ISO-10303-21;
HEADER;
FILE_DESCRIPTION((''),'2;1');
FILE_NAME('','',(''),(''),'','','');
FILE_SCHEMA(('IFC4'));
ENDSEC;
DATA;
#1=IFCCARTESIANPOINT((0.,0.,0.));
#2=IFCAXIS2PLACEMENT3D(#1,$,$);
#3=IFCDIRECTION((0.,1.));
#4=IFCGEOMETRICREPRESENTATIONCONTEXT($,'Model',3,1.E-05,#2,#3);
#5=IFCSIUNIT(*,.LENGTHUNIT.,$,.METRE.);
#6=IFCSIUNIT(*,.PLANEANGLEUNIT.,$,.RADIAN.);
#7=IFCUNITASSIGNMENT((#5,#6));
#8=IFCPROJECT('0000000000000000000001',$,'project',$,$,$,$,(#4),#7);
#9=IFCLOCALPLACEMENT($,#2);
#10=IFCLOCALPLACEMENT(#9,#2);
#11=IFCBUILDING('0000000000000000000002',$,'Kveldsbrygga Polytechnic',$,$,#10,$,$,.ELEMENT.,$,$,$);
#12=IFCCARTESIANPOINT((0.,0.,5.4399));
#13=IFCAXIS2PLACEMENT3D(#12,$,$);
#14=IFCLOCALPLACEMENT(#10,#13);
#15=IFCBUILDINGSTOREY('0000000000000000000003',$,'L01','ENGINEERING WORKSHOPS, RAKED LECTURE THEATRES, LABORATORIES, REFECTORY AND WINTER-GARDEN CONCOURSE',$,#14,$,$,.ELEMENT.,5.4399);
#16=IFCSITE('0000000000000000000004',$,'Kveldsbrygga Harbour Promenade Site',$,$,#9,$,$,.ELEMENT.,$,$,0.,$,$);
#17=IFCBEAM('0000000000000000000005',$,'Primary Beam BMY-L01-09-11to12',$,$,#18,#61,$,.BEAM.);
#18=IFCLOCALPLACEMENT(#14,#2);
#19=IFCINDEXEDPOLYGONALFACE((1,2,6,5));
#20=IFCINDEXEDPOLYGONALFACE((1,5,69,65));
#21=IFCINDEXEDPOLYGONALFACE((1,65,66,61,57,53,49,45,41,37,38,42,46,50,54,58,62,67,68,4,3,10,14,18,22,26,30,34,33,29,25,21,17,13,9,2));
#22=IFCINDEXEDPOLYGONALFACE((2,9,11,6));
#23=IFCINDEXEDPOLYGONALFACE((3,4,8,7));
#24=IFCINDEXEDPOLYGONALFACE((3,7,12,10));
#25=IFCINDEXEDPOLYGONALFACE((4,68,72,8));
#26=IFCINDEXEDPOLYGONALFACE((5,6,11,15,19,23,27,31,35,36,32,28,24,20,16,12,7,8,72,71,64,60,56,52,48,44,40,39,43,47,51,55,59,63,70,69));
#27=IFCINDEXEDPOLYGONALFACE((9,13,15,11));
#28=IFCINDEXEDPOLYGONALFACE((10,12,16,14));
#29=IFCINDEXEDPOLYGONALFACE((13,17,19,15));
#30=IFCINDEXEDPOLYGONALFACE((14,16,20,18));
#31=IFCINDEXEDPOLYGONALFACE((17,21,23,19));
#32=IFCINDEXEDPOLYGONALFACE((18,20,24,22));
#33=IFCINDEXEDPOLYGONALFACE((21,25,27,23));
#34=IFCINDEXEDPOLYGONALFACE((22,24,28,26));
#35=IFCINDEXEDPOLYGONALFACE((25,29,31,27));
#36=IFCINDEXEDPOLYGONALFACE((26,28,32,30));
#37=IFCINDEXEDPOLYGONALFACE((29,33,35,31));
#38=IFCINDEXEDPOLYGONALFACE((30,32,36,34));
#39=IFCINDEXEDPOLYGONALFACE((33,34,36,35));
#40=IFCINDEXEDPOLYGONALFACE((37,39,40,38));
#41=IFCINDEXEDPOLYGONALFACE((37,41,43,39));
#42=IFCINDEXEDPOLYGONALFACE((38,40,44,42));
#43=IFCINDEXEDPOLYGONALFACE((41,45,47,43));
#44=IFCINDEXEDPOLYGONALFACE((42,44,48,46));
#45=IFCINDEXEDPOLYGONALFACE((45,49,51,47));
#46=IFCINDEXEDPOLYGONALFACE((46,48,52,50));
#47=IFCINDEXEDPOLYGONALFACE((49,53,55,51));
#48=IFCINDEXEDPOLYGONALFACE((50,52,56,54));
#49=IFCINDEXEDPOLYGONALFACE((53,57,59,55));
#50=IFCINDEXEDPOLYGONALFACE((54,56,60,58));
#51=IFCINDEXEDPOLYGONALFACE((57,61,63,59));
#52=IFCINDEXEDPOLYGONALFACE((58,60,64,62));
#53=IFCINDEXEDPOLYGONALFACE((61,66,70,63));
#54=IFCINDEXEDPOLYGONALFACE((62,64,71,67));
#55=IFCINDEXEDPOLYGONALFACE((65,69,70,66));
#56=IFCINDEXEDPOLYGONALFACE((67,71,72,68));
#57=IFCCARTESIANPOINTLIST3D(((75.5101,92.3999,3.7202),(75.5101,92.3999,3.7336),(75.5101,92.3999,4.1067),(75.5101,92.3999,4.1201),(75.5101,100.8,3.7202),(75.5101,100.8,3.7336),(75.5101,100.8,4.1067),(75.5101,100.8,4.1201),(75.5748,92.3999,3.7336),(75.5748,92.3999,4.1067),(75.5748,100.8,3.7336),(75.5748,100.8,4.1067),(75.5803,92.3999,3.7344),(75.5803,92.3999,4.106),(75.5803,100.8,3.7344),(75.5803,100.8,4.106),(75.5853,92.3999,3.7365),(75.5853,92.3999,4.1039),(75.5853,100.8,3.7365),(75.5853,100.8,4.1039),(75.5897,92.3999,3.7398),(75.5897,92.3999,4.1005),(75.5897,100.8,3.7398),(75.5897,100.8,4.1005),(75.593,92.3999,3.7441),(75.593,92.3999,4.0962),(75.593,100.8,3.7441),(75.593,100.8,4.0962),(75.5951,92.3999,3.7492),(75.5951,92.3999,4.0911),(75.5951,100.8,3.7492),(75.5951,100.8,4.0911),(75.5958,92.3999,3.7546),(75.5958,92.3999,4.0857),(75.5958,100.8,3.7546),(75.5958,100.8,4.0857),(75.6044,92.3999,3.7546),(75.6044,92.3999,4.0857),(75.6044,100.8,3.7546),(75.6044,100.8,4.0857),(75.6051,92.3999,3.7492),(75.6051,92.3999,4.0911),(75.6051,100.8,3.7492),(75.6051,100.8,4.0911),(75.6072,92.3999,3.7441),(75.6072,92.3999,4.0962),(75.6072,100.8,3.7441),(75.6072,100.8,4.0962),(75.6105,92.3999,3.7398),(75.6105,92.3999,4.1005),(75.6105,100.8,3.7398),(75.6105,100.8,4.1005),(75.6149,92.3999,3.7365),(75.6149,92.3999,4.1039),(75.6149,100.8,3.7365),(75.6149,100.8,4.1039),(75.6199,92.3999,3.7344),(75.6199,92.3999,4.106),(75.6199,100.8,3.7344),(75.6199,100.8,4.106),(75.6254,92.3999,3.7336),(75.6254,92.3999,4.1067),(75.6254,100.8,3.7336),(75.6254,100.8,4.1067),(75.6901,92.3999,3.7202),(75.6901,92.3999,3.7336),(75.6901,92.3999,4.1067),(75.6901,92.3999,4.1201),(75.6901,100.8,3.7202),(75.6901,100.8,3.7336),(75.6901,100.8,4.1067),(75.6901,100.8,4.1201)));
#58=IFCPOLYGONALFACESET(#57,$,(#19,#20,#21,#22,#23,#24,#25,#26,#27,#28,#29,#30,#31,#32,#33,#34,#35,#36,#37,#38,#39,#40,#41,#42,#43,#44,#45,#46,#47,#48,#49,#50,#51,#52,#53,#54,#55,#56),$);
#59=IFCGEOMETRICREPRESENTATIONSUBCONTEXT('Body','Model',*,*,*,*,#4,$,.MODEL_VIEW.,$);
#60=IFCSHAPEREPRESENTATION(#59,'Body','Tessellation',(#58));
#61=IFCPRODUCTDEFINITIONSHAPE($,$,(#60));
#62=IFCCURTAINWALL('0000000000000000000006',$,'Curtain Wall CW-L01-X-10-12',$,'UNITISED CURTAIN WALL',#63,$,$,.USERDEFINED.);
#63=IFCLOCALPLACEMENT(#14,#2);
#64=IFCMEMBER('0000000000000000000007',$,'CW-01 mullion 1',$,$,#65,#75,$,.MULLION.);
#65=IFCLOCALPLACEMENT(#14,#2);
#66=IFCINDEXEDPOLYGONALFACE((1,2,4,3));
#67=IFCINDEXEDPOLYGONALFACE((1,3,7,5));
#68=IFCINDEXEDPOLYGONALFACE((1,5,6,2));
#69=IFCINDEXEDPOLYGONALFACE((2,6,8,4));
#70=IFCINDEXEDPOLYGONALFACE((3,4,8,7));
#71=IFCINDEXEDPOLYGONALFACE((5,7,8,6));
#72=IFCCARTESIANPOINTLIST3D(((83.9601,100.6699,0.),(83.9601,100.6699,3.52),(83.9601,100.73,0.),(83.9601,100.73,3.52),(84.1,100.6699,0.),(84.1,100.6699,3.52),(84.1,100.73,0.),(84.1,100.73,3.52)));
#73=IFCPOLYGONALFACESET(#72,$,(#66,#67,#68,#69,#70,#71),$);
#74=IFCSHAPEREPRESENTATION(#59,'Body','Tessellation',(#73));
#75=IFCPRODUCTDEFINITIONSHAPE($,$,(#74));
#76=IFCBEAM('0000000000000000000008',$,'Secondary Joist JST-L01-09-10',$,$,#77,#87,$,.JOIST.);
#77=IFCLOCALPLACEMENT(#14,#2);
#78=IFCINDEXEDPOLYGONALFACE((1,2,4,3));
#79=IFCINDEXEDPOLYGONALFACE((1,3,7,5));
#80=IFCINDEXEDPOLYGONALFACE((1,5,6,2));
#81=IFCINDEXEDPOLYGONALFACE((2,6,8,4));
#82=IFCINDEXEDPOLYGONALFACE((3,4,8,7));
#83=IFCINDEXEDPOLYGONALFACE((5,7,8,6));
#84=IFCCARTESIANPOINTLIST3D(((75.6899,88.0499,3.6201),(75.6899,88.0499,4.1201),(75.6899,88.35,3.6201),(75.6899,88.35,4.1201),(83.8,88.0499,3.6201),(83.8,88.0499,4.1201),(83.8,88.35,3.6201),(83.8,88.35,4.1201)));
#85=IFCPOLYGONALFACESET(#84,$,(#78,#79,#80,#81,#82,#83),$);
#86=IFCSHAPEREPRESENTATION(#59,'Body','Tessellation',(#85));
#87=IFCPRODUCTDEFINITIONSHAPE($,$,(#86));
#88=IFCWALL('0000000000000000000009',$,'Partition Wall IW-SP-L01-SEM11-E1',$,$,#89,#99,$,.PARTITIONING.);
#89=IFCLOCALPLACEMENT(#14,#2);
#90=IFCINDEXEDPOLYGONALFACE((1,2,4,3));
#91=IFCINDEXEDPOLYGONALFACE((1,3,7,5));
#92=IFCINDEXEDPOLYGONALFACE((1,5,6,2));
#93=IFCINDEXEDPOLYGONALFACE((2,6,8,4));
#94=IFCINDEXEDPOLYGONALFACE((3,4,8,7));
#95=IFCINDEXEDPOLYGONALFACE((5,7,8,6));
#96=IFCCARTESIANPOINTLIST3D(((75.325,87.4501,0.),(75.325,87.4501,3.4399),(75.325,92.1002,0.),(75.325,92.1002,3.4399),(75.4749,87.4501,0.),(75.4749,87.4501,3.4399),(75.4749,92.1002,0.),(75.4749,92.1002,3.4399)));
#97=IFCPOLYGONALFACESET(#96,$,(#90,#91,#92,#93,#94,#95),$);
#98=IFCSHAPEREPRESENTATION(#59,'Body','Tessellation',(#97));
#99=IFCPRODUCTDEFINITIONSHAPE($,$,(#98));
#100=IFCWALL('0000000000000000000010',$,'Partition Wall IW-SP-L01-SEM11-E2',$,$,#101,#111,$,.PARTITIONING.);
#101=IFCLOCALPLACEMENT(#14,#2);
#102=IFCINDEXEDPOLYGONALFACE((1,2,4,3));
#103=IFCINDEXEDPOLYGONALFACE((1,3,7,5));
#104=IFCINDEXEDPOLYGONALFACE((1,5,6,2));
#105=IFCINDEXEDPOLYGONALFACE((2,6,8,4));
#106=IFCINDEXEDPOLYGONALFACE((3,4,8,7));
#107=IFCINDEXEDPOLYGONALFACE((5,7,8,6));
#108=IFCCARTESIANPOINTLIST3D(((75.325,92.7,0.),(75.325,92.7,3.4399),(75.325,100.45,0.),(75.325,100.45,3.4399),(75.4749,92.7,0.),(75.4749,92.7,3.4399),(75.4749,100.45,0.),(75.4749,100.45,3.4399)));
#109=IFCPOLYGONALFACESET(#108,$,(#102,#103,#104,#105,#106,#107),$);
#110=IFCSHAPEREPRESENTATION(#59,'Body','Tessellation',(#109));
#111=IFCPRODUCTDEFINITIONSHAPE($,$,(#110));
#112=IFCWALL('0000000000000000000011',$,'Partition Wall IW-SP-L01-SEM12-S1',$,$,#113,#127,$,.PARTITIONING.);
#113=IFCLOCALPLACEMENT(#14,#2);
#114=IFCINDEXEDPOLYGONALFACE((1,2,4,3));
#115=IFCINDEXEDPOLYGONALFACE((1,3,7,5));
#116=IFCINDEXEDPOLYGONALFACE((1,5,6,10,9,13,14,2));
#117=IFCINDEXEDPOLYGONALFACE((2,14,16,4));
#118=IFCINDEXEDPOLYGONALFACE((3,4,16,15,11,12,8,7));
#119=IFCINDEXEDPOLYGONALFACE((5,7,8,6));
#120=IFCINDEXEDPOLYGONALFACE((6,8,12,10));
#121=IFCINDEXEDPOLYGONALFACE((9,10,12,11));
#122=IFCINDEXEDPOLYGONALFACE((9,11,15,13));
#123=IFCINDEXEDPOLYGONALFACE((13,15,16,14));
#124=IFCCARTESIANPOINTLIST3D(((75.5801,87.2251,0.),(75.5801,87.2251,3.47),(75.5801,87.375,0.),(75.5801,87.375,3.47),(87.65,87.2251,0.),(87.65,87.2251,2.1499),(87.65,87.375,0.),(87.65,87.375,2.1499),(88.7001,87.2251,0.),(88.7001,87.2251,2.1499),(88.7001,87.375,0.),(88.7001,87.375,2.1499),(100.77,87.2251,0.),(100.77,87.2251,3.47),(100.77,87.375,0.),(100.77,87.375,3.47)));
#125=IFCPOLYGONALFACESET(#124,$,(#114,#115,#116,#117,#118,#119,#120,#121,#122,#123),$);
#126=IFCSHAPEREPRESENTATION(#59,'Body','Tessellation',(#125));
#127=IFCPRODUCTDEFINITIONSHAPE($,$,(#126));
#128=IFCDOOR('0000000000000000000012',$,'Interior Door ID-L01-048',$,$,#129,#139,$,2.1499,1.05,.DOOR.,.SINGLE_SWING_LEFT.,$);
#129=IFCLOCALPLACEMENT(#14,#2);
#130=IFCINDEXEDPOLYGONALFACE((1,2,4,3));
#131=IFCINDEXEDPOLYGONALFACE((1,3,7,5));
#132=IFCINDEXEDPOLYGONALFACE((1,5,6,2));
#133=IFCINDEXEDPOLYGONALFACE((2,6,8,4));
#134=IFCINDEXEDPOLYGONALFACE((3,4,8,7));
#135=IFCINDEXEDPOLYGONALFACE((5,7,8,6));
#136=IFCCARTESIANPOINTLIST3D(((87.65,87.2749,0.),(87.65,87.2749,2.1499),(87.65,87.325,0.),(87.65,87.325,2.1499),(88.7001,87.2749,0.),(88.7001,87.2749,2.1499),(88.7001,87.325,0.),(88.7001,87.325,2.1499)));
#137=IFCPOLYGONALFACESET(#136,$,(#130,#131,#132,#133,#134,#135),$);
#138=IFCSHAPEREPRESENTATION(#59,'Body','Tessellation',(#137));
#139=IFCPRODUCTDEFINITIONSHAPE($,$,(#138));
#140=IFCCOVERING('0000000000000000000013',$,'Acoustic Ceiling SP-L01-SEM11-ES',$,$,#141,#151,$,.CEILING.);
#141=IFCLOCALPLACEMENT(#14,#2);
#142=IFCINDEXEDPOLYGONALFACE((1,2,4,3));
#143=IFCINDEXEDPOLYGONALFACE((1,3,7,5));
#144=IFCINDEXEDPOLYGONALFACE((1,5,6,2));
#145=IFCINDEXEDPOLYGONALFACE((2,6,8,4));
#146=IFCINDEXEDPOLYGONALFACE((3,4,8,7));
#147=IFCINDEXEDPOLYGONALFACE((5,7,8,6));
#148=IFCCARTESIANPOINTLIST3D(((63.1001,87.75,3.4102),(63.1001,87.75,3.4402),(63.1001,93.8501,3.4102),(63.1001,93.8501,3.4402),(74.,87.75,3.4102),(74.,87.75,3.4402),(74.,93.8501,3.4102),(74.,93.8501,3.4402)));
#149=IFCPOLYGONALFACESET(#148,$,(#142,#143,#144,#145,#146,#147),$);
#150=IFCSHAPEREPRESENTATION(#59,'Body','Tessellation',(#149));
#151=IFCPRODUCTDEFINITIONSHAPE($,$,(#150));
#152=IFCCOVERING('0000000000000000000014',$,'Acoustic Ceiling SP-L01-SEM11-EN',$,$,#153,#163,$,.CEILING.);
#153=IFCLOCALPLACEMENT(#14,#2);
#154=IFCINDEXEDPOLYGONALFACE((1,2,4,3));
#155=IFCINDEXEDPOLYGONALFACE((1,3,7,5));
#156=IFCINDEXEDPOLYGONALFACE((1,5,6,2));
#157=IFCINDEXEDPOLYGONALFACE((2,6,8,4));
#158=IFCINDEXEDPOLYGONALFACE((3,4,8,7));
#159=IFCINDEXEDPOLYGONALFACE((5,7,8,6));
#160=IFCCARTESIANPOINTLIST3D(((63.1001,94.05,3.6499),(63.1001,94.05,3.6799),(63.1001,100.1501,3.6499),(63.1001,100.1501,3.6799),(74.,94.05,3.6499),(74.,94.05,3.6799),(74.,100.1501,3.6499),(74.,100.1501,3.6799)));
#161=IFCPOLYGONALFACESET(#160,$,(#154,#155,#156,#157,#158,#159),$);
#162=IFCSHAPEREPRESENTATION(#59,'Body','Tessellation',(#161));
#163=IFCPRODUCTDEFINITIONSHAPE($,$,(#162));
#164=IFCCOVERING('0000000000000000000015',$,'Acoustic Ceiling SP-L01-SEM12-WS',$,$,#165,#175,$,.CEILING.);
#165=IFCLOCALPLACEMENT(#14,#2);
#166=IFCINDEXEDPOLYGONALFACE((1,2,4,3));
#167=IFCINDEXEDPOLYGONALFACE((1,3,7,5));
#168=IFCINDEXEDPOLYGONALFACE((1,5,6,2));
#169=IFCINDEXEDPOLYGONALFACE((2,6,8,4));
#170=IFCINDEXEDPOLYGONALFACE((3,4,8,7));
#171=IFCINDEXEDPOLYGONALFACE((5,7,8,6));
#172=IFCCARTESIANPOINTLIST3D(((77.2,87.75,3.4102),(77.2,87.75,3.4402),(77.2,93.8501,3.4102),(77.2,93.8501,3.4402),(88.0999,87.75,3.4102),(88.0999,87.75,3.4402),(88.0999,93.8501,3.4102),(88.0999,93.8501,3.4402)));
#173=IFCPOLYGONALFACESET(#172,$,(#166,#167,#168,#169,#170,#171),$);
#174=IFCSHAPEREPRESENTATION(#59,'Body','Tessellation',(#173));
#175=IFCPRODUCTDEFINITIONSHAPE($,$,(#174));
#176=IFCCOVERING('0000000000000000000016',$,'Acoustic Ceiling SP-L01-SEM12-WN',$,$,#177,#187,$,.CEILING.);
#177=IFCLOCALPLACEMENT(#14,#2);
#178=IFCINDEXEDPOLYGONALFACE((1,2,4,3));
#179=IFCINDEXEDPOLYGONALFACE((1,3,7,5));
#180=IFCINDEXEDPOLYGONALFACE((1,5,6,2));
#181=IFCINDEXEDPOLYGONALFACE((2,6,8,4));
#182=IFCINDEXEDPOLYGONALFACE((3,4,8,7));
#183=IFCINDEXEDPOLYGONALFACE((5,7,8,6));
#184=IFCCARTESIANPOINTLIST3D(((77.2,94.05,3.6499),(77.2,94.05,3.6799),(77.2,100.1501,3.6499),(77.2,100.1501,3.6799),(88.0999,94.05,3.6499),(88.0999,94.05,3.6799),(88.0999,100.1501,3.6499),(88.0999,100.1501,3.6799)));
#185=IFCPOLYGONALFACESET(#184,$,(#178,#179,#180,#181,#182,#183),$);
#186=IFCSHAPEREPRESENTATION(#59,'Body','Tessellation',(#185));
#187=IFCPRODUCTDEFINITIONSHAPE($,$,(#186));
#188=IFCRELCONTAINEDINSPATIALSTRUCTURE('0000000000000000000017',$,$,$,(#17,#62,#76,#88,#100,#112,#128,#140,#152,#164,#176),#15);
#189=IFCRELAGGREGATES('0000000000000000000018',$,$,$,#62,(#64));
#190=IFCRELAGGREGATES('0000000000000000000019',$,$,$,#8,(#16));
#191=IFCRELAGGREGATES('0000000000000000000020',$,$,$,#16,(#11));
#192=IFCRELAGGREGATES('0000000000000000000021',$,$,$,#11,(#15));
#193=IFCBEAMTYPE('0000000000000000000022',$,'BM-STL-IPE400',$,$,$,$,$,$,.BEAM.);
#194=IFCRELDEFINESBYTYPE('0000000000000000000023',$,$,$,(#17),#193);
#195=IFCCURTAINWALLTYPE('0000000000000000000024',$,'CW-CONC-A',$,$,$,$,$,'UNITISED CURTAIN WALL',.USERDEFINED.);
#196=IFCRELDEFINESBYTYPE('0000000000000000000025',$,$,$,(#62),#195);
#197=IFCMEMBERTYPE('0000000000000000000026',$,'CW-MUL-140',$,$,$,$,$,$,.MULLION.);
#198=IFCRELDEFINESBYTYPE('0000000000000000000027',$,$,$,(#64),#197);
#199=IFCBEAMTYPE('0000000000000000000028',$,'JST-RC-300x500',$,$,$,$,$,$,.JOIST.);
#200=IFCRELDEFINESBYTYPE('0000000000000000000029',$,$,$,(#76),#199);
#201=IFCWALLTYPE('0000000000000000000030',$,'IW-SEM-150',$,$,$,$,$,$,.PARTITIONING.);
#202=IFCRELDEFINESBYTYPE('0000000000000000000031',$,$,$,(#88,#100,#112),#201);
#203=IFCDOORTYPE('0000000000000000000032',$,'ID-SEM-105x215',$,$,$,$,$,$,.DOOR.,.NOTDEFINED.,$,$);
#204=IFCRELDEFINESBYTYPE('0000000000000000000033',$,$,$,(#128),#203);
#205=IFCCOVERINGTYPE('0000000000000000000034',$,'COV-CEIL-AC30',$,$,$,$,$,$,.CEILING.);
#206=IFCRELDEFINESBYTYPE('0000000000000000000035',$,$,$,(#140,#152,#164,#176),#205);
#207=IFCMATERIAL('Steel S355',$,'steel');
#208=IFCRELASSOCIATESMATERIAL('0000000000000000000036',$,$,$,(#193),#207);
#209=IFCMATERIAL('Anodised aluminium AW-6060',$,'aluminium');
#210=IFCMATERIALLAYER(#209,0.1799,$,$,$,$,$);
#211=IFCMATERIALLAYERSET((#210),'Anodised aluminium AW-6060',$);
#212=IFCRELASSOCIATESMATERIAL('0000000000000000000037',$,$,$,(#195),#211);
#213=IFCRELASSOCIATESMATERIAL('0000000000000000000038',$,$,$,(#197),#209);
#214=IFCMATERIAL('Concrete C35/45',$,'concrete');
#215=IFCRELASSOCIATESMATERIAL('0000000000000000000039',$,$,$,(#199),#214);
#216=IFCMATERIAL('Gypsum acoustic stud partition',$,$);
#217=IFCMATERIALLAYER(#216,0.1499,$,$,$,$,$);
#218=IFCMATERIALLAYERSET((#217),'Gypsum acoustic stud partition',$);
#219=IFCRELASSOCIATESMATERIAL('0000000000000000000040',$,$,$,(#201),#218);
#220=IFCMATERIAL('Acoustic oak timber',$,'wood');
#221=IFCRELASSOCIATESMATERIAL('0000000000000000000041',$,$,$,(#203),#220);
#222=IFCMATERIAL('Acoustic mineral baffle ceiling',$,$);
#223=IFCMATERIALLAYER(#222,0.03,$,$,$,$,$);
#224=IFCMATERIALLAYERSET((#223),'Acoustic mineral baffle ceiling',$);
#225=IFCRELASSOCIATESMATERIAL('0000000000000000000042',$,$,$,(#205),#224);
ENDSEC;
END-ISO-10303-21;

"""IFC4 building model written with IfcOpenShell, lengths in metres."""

from ifc_helpers import new_model, si_unit, direction, frame, frame_2d, origin, origin_2d, place, context, subcontext, project, spatial, rectangle, i_section, extrude, material, layer, layer_set, material_profile, profile_set, type_object, element, fill, aggregate, save


model = new_model("IFC4")

# Units and contexts
model_context = context("Model", 3, precision=1e-05, world=origin(), true_north=direction((0.0, 1.0)))
body_context = subcontext(model_context, "Body", "Model", "MODEL_VIEW")
ifc_project = project(units=[si_unit("LENGTHUNIT", "METRE"), si_unit("PLANEANGLEUNIT", "RADIAN")], contexts=[model_context])

# Site, building, storey
site_placement = place(None, origin())
site = spatial("IfcSite", under=ifc_project, at=site_placement, Name="Kveldsbrygga Harbour Promenade Site", CompositionType="ELEMENT", RefElevation=0.0)
building_placement = place(site_placement, origin())
building = spatial("IfcBuilding", under=site, at=building_placement, Name="Kveldsbrygga Polytechnic", CompositionType="ELEMENT")
storey_placement = place(building_placement, frame((0.0, 0.0, 5.4399)))
storey = spatial("IfcBuildingStorey", under=building, at=storey_placement, Name="L01", Description="ENGINEERING WORKSHOPS, RAKED LECTURE THEATRES, LABORATORIES, REFECTORY AND WINTER-GARDEN CONCOURSE", CompositionType="ELEMENT", Elevation=5.4399)

# Beam
ifc_material_1 = material(Name="Concrete C35/45", Category="concrete")
ifc_material_2 = material(Name="Steel S355", Category="steel")
ifc_material_profile_1 = material_profile(ifc_material_2, i_section(OverallWidth=0.1799, OverallDepth=0.3999, WebThickness=0.0085, FlangeThickness=0.0134, FilletRadius=0.021, at=origin_2d()), Name="IPE 400")
ifc_profile_set_1 = profile_set([ifc_material_profile_1], Name="Steel S355")
beam_type_1 = type_object("IfcBeamType", Name="BM-STL-IPE400", PredefinedType="BEAM", material=ifc_profile_set_1)
beam_1_placement = place(storey_placement, frame((75.6001, 92.3999, 3.9202), z_axis=(0.0, 1.0, 0.0), x_axis=(-1.0, 0.0, 0.0)))
element("IfcBeam", 1, at=beam_1_placement, inside=storey, type_object=beam_type_1, Name="Primary Beam BMY-L01-09-11to12", PredefinedType="BEAM", context=body_context, shape_type="SweptSolid", body=[
    extrude(i_section(OverallWidth=0.1799, OverallDepth=0.3999, WebThickness=0.0085, FlangeThickness=0.0134, FilletRadius=0.021, at=origin_2d()), origin(), (0.0, 0.0, 1.0), 8.4001),
])

# Curtain wall, member
ifc_material_3 = material(Name="Anodised aluminium AW-6060", Category="aluminium")
ifc_layer_1 = layer(ifc_material_3, 0.1799)
ifc_layer_set_1 = layer_set([ifc_layer_1], Name="Anodised aluminium AW-6060")
curtain_wall_type = type_object("IfcCurtainWallType", Name="CW-CONC-A", ElementType="UNITISED CURTAIN WALL", PredefinedType="USERDEFINED", material=ifc_layer_set_1)
curtain_wall_placement = place(storey_placement, origin())
curtain_wall = element("IfcCurtainWall", 2, at=curtain_wall_placement, inside=storey, type_object=curtain_wall_type, Name="Curtain Wall CW-L01-X-10-12", ObjectType="UNITISED CURTAIN WALL", PredefinedType="USERDEFINED")
ifc_material_profile_2 = material_profile(ifc_material_3, rectangle(XDim=0.0601, YDim=0.1399, at=origin_2d()), Name="ALU 60x140")
ifc_profile_set_2 = profile_set([ifc_material_profile_2], Name="Anodised aluminium AW-6060")
member_type = type_object("IfcMemberType", Name="CW-MUL-140", PredefinedType="MULLION", material=ifc_profile_set_2)
member_placement = place(storey_placement, frame((84.03, 100.7, 0.0), z_axis=(0.0, 0.0, 1.0), x_axis=(0.0, 1.0, 0.0)))
member = element("IfcMember", 3, at=member_placement, type_object=member_type, Name="CW-01 mullion 1", PredefinedType="MULLION", context=body_context, shape_type="SweptSolid", body=[
    extrude(rectangle(XDim=0.0601, YDim=0.1399, at=origin_2d()), origin(), (0.0, 0.0, 1.0), 3.52),
])
aggregate(curtain_wall, [member])

# Beam
ifc_material_profile_3 = material_profile(ifc_material_1, rectangle(XDim=0.3, YDim=0.5, at=origin_2d()), Name="RC 300x500")
ifc_profile_set_3 = profile_set([ifc_material_profile_3], Name="Concrete C35/45")
beam_type_2 = type_object("IfcBeamType", Name="JST-RC-300x500", PredefinedType="JOIST", material=ifc_profile_set_3)
beam_2_placement = place(storey_placement, frame((75.6899, 88.2, 3.8701), z_axis=(1.0, 0.0, 0.0), x_axis=(0.0, 1.0, 0.0)))
element("IfcBeam", 4, at=beam_2_placement, inside=storey, type_object=beam_type_2, Name="Secondary Joist JST-L01-09-10", PredefinedType="JOIST", context=body_context, shape_type="SweptSolid", body=[
    extrude(rectangle(XDim=0.3, YDim=0.5, at=origin_2d()), origin(), (0.0, 0.0, 1.0), 8.1101),
])

# Walls
ifc_material_4 = material(Name="Gypsum acoustic stud partition")
ifc_layer_2 = layer(ifc_material_4, 0.1499)
ifc_layer_set_2 = layer_set([ifc_layer_2], Name="Gypsum acoustic stud partition")
wall_type = type_object("IfcWallType", Name="IW-SEM-150", PredefinedType="PARTITIONING", material=ifc_layer_set_2)
wall_1_placement = place(storey_placement, frame((75.3999, 87.45, 0.0), z_axis=(0.0, 0.0, 1.0), x_axis=(0.0, 1.0, 0.0)))
element("IfcWall", 5, at=wall_1_placement, inside=storey, type_object=wall_type, Name="Partition Wall IW-SP-L01-SEM11-E1", PredefinedType="PARTITIONING", context=body_context, shape_type="SweptSolid", body=[
    extrude(rectangle(XDim=4.6501, YDim=0.1499, at=frame_2d((2.3252, 0.0))), origin(), (0.0, 0.0, 1.0), 3.4399),
])
wall_2_placement = place(storey_placement, frame((75.3999, 92.7, 0.0), z_axis=(0.0, 0.0, 1.0), x_axis=(0.0, 1.0, 0.0)))
element("IfcWall", 6, at=wall_2_placement, inside=storey, type_object=wall_type, Name="Partition Wall IW-SP-L01-SEM11-E2", PredefinedType="PARTITIONING", context=body_context, shape_type="SweptSolid", body=[
    extrude(rectangle(XDim=7.75, YDim=0.1499, at=frame_2d((3.875, 0.0))), origin(), (0.0, 0.0, 1.0), 3.4399),
])

# Wall, opening, door
wall_3_placement = place(storey_placement, frame((75.5801, 87.3, 0.0), z_axis=(0.0, 0.0, 1.0), x_axis=(1.0, 0.0, 0.0)))
wall_3 = element("IfcWall", 7, at=wall_3_placement, inside=storey, type_object=wall_type, Name="Partition Wall IW-SP-L01-SEM12-S1", PredefinedType="PARTITIONING", context=body_context, shape_type="SweptSolid", body=[
    extrude(rectangle(XDim=25.1899, YDim=0.1499, at=frame_2d((12.595, 0.0))), origin(), (0.0, 0.0, 1.0), 3.47),
])
opening_placement = place(wall_3_placement, frame((12.0701, 0.0, 0.0)))
opening = element("IfcOpeningElement", 8, at=opening_placement, cuts=wall_3, PredefinedType="OPENING", context=body_context, shape_type="SweptSolid", body=[
    extrude(rectangle(XDim=1.05, YDim=2.1499, at=frame_2d((0.5249, 1.075))), frame((0.0, 0.085, 0.0), z_axis=(0.0, -1.0, 0.0), x_axis=(1.0, 0.0, 0.0)), (0.0, 0.0, 1.0), 0.1699),
])
ifc_material_5 = material(Name="Acoustic oak timber", Category="wood")
door_type = type_object("IfcDoorType", Name="ID-SEM-105x215", OperationType="NOTDEFINED", PredefinedType="DOOR", material=ifc_material_5)
door_placement = place(opening_placement, origin())
door = element("IfcDoor", 9, at=door_placement, inside=storey, type_object=door_type, Name="Interior Door ID-L01-048", OperationType="SINGLE_SWING_LEFT", OverallHeight=2.1499, OverallWidth=1.05, PredefinedType="DOOR", context=body_context, shape_type="SweptSolid", body=[
    extrude(rectangle(XDim=1.05, YDim=2.1499, at=frame_2d((0.5249, 1.075))), frame((0.0, 0.0249, 0.0), z_axis=(0.0, -1.0, 0.0), x_axis=(1.0, 0.0, 0.0)), (0.0, 0.0, 1.0), 0.05),
])
fill(opening, door)

# Coverings
ifc_material_6 = material(Name="Acoustic mineral baffle ceiling")
ifc_layer_3 = layer(ifc_material_6, 0.03)
ifc_layer_set_3 = layer_set([ifc_layer_3], Name="Acoustic mineral baffle ceiling")
covering_type_1 = type_object("IfcCoveringType", Name="COV-CEIL-AC30", PredefinedType="CEILING", material=ifc_layer_set_3)
for number, where, z_axis, x_axis, name in (
    (10, (68.55, 90.8, 3.4102), (0.0, 0.0, 1.0), (1.0, 0.0, 0.0), "Acoustic Ceiling SP-L01-SEM11-ES"),
    (11, (68.55, 97.1001, 3.6499), (0.0, 0.0, 1.0), (1.0, 0.0, 0.0), "Acoustic Ceiling SP-L01-SEM11-EN"),
    (12, (82.6499, 90.8, 3.4102), (0.0, 0.0, 1.0), (1.0, 0.0, 0.0), "Acoustic Ceiling SP-L01-SEM12-WS"),
    (13, (82.6499, 97.1001, 3.6499), (0.0, 0.0, 1.0), (1.0, 0.0, 0.0), "Acoustic Ceiling SP-L01-SEM12-WN"),
):
    element("IfcCovering", number, at=place(storey_placement, frame(where, z_axis=z_axis, x_axis=x_axis)), inside=storey, type_object=covering_type_1, Name=name, PredefinedType="CEILING", context=body_context, shape_type="SweptSolid", body=[
        extrude(rectangle(XDim=10.8999, YDim=6.1001, at=origin_2d()), origin(), (0.0, 0.0, 1.0), 0.03),
    ])

save(model, "model.ifc")
